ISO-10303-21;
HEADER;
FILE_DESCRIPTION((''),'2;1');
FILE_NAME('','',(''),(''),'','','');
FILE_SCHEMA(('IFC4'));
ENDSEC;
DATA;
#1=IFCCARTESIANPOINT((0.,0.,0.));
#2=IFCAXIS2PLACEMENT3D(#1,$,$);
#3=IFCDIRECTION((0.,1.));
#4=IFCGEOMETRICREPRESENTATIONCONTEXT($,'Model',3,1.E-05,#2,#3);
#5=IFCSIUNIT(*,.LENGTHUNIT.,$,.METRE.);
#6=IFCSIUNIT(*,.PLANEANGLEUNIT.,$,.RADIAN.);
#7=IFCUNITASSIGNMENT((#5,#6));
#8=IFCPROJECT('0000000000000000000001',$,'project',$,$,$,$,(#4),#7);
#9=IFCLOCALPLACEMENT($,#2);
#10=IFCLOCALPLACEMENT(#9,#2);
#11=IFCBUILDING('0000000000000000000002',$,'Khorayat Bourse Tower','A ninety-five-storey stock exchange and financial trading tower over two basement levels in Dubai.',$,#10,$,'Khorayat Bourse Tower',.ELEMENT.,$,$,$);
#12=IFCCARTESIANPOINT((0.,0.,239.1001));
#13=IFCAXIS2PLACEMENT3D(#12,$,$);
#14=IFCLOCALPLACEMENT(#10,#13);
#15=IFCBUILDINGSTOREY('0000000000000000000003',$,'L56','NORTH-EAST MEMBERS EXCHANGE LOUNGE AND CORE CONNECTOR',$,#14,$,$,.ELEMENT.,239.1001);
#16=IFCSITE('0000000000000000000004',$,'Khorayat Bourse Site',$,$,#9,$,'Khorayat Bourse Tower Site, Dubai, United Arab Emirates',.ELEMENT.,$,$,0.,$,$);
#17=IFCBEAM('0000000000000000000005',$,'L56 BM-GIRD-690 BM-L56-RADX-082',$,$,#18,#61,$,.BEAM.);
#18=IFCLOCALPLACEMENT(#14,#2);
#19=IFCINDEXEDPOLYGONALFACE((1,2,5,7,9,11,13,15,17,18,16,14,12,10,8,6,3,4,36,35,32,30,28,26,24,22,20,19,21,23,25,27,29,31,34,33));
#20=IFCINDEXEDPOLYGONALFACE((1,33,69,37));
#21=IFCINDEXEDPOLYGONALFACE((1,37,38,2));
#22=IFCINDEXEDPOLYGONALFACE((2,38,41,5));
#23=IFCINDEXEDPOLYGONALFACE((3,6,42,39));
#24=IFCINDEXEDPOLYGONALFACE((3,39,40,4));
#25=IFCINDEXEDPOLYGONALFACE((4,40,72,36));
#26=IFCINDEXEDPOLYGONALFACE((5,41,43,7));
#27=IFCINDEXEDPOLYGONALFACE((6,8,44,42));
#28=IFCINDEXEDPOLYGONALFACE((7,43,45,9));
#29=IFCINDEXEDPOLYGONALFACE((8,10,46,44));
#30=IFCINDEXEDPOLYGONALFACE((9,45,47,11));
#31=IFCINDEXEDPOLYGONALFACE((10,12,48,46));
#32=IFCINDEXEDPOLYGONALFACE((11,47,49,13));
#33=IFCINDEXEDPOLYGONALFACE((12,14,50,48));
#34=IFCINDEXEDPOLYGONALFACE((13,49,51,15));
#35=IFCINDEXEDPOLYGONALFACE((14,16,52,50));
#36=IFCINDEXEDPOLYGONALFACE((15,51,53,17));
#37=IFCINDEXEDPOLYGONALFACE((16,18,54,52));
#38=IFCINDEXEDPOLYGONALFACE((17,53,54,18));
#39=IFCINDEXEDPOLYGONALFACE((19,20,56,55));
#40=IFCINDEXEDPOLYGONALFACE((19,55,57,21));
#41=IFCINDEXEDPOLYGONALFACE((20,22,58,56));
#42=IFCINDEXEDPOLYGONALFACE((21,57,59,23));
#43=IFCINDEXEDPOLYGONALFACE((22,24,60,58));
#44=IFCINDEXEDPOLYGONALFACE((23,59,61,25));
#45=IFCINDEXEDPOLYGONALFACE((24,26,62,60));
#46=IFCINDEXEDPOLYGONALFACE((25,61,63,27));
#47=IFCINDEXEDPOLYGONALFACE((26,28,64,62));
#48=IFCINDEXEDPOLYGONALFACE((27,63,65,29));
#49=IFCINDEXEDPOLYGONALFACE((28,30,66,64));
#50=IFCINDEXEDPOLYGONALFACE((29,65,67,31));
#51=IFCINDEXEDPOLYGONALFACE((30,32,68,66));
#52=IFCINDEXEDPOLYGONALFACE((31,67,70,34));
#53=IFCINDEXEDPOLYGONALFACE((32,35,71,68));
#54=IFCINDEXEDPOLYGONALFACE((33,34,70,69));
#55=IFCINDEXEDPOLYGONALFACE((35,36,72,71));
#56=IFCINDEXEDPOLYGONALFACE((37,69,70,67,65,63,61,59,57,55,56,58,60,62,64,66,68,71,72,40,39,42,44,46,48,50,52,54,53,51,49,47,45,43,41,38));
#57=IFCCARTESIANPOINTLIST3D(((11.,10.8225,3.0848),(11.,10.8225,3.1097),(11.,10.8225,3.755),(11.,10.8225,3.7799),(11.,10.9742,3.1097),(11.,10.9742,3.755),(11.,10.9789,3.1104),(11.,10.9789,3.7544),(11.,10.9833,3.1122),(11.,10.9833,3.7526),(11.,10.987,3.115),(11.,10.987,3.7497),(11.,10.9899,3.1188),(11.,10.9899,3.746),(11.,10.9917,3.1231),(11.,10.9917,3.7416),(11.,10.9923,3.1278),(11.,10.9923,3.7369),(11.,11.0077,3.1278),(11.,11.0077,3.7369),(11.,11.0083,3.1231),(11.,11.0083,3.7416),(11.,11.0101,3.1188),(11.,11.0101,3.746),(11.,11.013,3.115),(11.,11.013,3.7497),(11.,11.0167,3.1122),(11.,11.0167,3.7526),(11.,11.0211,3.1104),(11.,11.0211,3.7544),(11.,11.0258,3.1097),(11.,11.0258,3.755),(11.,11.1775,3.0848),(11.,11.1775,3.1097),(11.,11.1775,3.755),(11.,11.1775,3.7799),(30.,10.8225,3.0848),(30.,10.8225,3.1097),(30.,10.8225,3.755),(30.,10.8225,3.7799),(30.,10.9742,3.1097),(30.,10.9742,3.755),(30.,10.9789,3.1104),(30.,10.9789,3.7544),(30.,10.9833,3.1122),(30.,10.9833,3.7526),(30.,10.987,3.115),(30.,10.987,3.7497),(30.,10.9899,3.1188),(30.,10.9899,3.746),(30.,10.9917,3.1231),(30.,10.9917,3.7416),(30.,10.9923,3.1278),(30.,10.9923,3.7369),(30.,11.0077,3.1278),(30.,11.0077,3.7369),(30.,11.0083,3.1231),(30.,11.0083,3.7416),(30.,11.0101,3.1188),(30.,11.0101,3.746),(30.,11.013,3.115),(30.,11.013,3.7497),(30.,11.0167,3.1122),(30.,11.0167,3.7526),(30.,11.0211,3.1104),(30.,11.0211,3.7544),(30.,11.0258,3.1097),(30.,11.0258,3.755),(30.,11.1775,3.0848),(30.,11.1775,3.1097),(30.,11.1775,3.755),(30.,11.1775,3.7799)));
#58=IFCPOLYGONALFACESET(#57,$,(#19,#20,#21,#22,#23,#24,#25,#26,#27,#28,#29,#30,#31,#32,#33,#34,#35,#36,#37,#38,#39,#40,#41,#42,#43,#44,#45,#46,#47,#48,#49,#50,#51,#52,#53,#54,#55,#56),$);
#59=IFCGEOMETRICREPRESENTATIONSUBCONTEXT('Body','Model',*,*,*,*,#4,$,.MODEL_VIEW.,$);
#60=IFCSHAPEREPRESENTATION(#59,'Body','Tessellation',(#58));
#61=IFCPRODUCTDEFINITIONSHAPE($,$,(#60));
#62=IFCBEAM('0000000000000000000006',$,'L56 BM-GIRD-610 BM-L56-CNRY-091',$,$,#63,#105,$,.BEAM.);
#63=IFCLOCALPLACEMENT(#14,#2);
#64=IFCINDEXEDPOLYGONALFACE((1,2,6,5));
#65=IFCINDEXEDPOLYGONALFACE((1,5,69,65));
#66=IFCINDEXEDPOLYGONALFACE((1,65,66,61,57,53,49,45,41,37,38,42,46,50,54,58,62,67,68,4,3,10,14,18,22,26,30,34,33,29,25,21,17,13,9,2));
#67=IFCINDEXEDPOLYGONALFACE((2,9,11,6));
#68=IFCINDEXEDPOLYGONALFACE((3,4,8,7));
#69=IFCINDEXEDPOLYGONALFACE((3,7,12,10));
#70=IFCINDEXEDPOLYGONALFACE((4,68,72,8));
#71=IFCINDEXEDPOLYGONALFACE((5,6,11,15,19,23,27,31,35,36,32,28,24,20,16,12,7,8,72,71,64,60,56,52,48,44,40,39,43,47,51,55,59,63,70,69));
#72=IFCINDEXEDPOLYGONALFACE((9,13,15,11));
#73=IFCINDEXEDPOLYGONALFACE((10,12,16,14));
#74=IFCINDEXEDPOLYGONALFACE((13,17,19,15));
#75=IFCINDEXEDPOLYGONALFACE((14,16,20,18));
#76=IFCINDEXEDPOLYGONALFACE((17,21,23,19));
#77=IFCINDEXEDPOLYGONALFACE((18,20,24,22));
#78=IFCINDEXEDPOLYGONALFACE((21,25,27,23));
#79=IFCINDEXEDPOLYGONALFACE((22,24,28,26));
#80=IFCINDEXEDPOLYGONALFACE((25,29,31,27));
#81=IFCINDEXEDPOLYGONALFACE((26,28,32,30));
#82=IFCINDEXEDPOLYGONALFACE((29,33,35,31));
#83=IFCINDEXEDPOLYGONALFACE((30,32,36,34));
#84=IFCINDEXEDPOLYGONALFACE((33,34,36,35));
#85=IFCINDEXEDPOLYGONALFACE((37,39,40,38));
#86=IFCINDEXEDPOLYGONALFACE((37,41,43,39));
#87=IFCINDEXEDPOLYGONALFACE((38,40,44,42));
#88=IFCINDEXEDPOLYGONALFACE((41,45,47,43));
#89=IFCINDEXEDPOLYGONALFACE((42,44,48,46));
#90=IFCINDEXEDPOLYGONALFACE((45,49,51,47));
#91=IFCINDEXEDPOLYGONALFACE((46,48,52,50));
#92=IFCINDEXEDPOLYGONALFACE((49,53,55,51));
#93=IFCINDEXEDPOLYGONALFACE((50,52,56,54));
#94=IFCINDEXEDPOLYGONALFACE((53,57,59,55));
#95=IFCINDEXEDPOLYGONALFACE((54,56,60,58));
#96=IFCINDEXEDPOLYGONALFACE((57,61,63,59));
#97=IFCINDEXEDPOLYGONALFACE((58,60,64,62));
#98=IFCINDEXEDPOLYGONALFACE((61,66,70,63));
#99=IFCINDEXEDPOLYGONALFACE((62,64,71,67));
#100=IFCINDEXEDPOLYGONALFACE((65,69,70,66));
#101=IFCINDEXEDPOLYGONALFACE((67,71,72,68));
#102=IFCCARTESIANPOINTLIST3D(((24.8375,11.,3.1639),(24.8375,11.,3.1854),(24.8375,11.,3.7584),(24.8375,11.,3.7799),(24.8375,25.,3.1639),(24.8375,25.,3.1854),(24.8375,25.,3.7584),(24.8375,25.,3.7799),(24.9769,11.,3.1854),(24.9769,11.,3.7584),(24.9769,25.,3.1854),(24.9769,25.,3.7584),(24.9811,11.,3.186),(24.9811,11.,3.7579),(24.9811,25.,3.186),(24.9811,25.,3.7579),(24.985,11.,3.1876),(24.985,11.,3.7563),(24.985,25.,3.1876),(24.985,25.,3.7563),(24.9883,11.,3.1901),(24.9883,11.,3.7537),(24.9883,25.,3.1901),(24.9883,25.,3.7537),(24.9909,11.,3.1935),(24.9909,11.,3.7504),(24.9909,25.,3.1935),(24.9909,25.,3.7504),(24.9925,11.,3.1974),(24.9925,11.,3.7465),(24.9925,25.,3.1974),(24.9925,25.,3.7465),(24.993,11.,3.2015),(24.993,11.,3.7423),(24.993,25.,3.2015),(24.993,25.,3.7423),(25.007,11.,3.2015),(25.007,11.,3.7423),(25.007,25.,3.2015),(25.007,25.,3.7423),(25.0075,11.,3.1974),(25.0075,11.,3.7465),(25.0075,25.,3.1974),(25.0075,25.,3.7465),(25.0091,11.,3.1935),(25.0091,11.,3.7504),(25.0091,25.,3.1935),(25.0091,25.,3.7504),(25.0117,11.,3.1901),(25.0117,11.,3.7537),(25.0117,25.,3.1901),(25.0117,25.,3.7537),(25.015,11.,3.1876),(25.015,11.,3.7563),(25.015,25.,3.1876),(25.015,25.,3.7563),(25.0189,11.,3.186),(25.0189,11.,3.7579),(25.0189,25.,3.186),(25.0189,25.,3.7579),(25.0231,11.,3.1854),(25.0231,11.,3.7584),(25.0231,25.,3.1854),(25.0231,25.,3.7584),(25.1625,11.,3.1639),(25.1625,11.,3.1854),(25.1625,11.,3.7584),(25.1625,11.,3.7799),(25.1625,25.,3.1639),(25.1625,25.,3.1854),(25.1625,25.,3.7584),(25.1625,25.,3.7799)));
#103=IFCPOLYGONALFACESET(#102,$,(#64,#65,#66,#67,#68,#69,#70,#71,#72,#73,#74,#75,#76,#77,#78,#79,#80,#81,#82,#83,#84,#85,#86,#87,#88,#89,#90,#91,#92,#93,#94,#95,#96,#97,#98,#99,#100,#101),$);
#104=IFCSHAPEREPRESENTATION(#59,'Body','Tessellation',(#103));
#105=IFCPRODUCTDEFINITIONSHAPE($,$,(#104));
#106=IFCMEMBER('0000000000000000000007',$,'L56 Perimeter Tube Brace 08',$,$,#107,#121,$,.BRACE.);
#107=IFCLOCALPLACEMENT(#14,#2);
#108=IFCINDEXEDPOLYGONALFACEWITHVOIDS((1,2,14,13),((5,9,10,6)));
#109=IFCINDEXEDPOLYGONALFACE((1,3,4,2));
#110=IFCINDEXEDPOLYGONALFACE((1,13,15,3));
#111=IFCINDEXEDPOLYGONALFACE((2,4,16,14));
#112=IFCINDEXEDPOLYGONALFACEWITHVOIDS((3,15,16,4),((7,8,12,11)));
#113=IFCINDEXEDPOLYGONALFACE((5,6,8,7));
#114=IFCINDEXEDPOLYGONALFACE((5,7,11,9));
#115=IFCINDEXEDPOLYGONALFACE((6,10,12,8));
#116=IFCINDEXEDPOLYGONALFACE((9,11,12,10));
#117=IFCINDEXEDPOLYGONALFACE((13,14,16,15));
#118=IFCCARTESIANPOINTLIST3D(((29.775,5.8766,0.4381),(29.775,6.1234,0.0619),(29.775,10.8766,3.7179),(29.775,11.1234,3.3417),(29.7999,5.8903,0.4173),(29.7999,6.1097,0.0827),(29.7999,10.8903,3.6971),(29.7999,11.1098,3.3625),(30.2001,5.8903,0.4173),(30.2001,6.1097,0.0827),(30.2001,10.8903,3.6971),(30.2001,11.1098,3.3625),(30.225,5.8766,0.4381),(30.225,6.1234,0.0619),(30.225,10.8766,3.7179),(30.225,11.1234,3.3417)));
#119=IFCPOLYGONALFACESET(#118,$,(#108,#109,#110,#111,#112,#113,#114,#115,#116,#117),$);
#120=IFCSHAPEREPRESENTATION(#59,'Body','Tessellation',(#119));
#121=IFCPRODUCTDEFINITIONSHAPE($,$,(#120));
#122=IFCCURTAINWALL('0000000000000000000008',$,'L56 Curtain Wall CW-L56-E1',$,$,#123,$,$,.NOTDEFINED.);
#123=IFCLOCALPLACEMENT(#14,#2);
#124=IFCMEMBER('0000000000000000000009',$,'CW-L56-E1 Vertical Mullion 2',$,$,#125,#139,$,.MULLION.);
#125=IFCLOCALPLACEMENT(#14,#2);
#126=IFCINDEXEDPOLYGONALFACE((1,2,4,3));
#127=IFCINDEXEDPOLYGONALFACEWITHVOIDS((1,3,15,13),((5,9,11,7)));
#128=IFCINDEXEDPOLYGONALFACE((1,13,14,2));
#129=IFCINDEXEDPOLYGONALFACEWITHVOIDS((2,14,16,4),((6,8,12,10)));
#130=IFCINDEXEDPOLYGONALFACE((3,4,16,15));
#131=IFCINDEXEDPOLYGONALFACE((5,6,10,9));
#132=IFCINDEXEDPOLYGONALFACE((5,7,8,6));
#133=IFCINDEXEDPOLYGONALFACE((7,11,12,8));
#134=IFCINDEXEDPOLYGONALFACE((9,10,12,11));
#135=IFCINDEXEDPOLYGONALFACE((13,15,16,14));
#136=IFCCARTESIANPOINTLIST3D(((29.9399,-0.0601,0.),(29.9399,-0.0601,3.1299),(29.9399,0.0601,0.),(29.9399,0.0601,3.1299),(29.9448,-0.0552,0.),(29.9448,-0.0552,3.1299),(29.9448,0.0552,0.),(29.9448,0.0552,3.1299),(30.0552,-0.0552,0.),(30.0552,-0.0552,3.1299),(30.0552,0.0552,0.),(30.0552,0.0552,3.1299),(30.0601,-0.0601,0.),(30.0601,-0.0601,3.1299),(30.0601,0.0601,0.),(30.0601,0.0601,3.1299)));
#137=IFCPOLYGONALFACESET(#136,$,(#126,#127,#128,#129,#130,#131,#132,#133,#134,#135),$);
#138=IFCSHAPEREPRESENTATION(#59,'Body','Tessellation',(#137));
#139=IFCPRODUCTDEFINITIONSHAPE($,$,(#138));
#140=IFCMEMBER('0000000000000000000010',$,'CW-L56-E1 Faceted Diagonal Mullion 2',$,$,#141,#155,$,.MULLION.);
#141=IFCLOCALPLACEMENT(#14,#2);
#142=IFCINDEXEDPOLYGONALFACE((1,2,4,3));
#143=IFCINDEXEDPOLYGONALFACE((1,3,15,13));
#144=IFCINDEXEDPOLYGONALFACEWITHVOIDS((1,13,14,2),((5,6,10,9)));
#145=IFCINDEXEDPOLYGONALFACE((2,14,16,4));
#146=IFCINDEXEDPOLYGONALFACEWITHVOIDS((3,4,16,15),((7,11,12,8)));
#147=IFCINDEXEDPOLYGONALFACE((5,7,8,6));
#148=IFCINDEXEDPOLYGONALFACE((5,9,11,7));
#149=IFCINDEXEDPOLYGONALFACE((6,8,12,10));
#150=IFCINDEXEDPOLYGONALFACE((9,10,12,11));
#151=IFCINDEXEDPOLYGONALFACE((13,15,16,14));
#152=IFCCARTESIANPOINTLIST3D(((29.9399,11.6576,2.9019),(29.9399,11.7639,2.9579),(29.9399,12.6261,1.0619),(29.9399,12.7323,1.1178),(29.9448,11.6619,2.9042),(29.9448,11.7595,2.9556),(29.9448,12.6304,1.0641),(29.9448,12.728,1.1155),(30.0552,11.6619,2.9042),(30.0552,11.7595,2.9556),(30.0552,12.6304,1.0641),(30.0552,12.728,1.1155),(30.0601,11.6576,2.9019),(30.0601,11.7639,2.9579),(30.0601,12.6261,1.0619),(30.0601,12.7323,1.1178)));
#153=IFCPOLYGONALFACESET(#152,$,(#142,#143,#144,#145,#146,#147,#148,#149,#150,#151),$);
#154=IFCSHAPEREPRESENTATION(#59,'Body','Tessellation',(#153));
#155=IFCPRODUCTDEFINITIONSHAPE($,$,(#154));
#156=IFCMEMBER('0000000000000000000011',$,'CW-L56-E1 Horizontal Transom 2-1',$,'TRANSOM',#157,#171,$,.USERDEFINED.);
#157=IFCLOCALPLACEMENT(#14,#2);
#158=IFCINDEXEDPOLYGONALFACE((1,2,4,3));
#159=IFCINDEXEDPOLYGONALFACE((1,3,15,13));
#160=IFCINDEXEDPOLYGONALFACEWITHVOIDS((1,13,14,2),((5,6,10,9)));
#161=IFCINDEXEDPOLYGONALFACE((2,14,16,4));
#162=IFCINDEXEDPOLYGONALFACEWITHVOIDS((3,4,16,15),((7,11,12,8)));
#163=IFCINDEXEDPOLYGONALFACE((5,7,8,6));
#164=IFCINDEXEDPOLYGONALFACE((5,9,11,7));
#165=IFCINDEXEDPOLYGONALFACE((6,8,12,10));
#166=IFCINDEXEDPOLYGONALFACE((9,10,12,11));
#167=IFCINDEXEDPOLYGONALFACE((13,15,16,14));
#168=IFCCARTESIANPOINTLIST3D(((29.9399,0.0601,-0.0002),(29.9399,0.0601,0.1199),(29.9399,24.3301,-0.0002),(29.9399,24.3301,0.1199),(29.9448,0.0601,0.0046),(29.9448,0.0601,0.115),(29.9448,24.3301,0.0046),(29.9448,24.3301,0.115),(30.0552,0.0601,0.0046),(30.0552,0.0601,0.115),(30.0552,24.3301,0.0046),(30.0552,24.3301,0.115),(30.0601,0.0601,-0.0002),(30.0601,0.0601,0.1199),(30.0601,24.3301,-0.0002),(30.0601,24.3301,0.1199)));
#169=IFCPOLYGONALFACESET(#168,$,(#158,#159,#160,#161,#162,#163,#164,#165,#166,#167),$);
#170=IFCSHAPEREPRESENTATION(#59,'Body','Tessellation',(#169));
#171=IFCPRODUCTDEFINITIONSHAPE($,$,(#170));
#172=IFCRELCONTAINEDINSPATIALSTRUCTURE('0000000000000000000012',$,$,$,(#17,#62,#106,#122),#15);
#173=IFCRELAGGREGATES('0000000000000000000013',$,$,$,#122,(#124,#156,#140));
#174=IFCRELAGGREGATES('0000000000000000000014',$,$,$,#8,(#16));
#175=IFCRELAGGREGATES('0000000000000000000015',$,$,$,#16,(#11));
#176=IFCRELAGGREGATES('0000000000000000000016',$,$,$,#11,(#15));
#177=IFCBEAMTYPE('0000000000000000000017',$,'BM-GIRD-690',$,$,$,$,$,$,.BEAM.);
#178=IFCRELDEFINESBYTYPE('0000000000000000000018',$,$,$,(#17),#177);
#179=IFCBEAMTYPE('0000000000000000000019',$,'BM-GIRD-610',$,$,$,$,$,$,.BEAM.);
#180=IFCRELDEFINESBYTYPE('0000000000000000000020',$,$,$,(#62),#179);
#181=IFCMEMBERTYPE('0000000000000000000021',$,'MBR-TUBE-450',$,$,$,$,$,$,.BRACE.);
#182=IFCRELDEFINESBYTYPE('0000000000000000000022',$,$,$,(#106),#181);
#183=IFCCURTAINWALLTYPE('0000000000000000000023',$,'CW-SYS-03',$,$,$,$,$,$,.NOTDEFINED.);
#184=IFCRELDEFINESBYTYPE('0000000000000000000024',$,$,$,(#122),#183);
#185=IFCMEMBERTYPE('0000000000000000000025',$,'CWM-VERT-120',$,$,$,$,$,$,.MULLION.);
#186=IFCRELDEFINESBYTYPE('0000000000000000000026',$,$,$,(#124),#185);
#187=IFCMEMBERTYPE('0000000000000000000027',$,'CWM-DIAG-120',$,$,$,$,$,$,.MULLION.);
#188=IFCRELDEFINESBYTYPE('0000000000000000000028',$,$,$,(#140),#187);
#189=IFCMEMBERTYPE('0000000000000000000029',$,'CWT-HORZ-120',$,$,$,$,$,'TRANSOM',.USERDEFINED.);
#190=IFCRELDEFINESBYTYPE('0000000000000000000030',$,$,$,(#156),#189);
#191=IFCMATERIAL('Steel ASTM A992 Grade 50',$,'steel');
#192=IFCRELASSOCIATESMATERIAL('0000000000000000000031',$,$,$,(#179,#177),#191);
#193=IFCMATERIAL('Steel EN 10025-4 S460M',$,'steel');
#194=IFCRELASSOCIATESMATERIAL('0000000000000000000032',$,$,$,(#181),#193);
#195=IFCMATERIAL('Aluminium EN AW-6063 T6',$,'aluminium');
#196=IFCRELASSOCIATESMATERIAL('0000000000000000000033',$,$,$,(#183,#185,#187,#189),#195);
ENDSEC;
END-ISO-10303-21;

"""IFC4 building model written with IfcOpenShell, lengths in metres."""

from ifc_helpers import new_model, si_unit, direction, frame, origin, origin_2d, place, context, subcontext, project, spatial, hollow_rectangle, i_section, extrude, source, transform, mapped, material, material_profile, profile_set, type_object, element, aggregate, save


model = new_model("IFC4")

# Units and contexts
model_context = context("Model", 3, precision=1e-05, world=origin(), true_north=direction((0.0, 1.0)))
body_context = subcontext(model_context, "Body", "Model", "MODEL_VIEW")
ifc_project = project(units=[si_unit("LENGTHUNIT", "METRE"), si_unit("PLANEANGLEUNIT", "RADIAN")], contexts=[model_context])

# Site, building, storey
site_placement = place(None, origin())
site = spatial("IfcSite", under=ifc_project, at=site_placement, Name="Khorayat Bourse Site", LongName="Khorayat Bourse Tower Site, Dubai, United Arab Emirates", CompositionType="ELEMENT", RefElevation=0.0)
building_placement = place(site_placement, origin())
building = spatial("IfcBuilding", under=site, at=building_placement, Name="Khorayat Bourse Tower", Description="A ninety-five-storey stock exchange and financial trading tower over two basement levels in Dubai.", LongName="Khorayat Bourse Tower", CompositionType="ELEMENT")
storey_placement = place(building_placement, frame((0.0, 0.0, 239.1001)))
storey = spatial("IfcBuildingStorey", under=building, at=storey_placement, Name="L56", Description="NORTH-EAST MEMBERS EXCHANGE LOUNGE AND CORE CONNECTOR", CompositionType="ELEMENT", Elevation=239.1001)

# Shared definitions
ifc_material_1 = material(Name="Steel EN 10025-4 S460M", Category="steel")

# Beams
ifc_material_2 = material(Name="Steel ASTM A992 Grade 50", Category="steel")
ifc_material_profile_1 = material_profile(ifc_material_2, i_section(OverallWidth=0.325, OverallDepth=0.616, WebThickness=0.0139, FlangeThickness=0.0215, FilletRadius=0.0161, at=origin_2d()), Name="W610X174")
ifc_profile_set_1 = profile_set([ifc_material_profile_1], Name="Steel ASTM A992 Grade 50")
beam_type_1 = type_object("IfcBeamType", Name="BM-GIRD-610", PredefinedType="BEAM", material=ifc_profile_set_1)
ifc_material_profile_2 = material_profile(ifc_material_2, i_section(OverallWidth=0.355, OverallDepth=0.6951, WebThickness=0.0154, FlangeThickness=0.0249, FilletRadius=0.0181, at=origin_2d()), Name="W690X217")
ifc_profile_set_2 = profile_set([ifc_material_profile_2], Name="Steel ASTM A992 Grade 50")
beam_type_2 = type_object("IfcBeamType", Name="BM-GIRD-690", PredefinedType="BEAM", material=ifc_profile_set_2)
shared_shape_1 = source(origin(), body_context, "Body", "SweptSolid", [
    extrude(i_section(OverallWidth=0.355, OverallDepth=0.6951, WebThickness=0.0154, FlangeThickness=0.0249, FilletRadius=0.0181, at=origin_2d()), origin(), (0.0, 0.0, 1.0), 19.0),
])
for number, where, z_axis, x_axis, name in (
    (1, (11.0, 11.0, 3.4324), (1.0, 0.0, 0.0), (0.0, 1.0, 0.0), "L56 BM-GIRD-690 BM-L56-RADX-082"),
):
    element("IfcBeam", number, at=place(storey_placement, frame(where, z_axis=z_axis, x_axis=x_axis)), inside=storey, type_object=beam_type_2, Name=name, PredefinedType="BEAM", context=body_context, shape_type="MappedRepresentation", body=[
        mapped(shared_shape_1, transform((0.0, 0.0, 0.0), scale=1.0)),
    ])
shared_shape_2 = source(origin(), body_context, "Body", "SweptSolid", [
    extrude(i_section(OverallWidth=0.325, OverallDepth=0.616, WebThickness=0.0139, FlangeThickness=0.0215, FilletRadius=0.0161, at=origin_2d()), origin(), (0.0, 0.0, 1.0), 14.0),
])
beam_1_placement = place(storey_placement, frame((25.0, 11.0, 3.4719), z_axis=(0.0, 1.0, 0.0), x_axis=(-1.0, 0.0, 0.0)))
element("IfcBeam", 2, at=beam_1_placement, inside=storey, type_object=beam_type_1, Name="L56 BM-GIRD-610 BM-L56-CNRY-091", PredefinedType="BEAM", context=body_context, shape_type="MappedRepresentation", body=[
    mapped(shared_shape_2, transform((0.0, 0.0, 0.0), scale=1.0)),
])

# Member
ifc_material_profile_3 = material_profile(ifc_material_1, hollow_rectangle(XDim=0.45, YDim=0.45, WallThickness=0.0249, at=origin_2d()), Name="HSS 450x450x25")
ifc_profile_set_3 = profile_set([ifc_material_profile_3], Name="Steel EN 10025-4 S460M")
member_type_1 = type_object("IfcMemberType", Name="MBR-TUBE-450", PredefinedType="BRACE", material=ifc_profile_set_3)
shared_shape_3 = source(origin(), body_context, "Body", "SweptSolid", [
    extrude(hollow_rectangle(XDim=0.45, YDim=0.45, WallThickness=0.0249, at=origin_2d()), origin(), (0.0, 0.0, 1.0), 5.9797),
])
member_1_placement = place(storey_placement, frame((30.0, 6.0, 0.25), z_axis=(0.0, 0.83616, 0.548485), x_axis=(-1.0, 0.0, 0.0)))
element("IfcMember", 3, at=member_1_placement, inside=storey, type_object=member_type_1, Name="L56 Perimeter Tube Brace 08", PredefinedType="BRACE", context=body_context, shape_type="MappedRepresentation", body=[
    mapped(shared_shape_3, transform((0.0, 0.0, 0.0), scale=1.0)),
])

# Curtain wall, members
ifc_material_3 = material(Name="Aluminium EN AW-6063 T6", Category="aluminium")
curtain_wall_type = type_object("IfcCurtainWallType", Name="CW-SYS-03", PredefinedType="NOTDEFINED", material=ifc_material_3)
curtain_wall_placement = place(storey_placement, origin())
curtain_wall = element("IfcCurtainWall", 4, at=curtain_wall_placement, inside=storey, type_object=curtain_wall_type, Name="L56 Curtain Wall CW-L56-E1", PredefinedType="NOTDEFINED")
ifc_material_profile_4 = material_profile(ifc_material_3, hollow_rectangle(XDim=0.1201, YDim=0.1201, WallThickness=0.0049, at=origin_2d()), Name="ALU 120x120x5")
ifc_profile_set_4 = profile_set([ifc_material_profile_4], Name="Aluminium EN AW-6063 T6")
member_type_2 = type_object("IfcMemberType", Name="CWM-VERT-120", PredefinedType="MULLION", material=ifc_profile_set_4)
shared_shape_4 = source(origin(), body_context, "Body", "SweptSolid", [
    extrude(hollow_rectangle(XDim=0.1201, YDim=0.1201, WallThickness=0.0049, at=origin_2d()), origin(), (0.0, 0.0, 1.0), 3.1299),
])
member_2_placement = place(storey_placement, frame((30.0, 0.0, 0.0), z_axis=(0.0, 0.0, 1.0), x_axis=(-1.0, 0.0, 0.0)))
member_2 = element("IfcMember", 5, at=member_2_placement, type_object=member_type_2, Name="CW-L56-E1 Vertical Mullion 2", PredefinedType="MULLION", context=body_context, shape_type="MappedRepresentation", body=[
    mapped(shared_shape_4, transform((0.0, 0.0, 0.0), scale=1.0)),
])
ifc_material_profile_5 = material_profile(ifc_material_3, hollow_rectangle(XDim=0.1201, YDim=0.1201, WallThickness=0.0049, at=origin_2d()), Name="ALU 120x120x5")
ifc_profile_set_5 = profile_set([ifc_material_profile_5], Name="Aluminium EN AW-6063 T6")
member_type_3 = type_object("IfcMemberType", Name="CWM-DIAG-120", PredefinedType="MULLION", material=ifc_profile_set_5)
shared_shape_5 = source(origin(), body_context, "Body", "SweptSolid", [
    extrude(hollow_rectangle(XDim=0.1201, YDim=0.1201, WallThickness=0.0049, at=origin_2d()), origin(), (0.0, 0.0, 1.0), 2.0793),
])
member_3_placement = place(storey_placement, frame((30.0, 12.6792, 1.0898), z_axis=(0.0, -0.465761, 0.884911), x_axis=(1.0, 0.0, 0.0)))
member_3 = element("IfcMember", 6, at=member_3_placement, type_object=member_type_3, Name="CW-L56-E1 Faceted Diagonal Mullion 2", PredefinedType="MULLION", context=body_context, shape_type="MappedRepresentation", body=[
    mapped(shared_shape_5, transform((0.0, 0.0, 0.0), scale=1.0)),
])
ifc_material_profile_6 = material_profile(ifc_material_3, hollow_rectangle(XDim=0.1201, YDim=0.1201, WallThickness=0.0049, at=origin_2d()), Name="ALU 120x120x5")
ifc_profile_set_6 = profile_set([ifc_material_profile_6], Name="Aluminium EN AW-6063 T6")
member_type_4 = type_object("IfcMemberType", Name="CWT-HORZ-120", ElementType="TRANSOM", PredefinedType="USERDEFINED", material=ifc_profile_set_6)
shared_shape_6 = source(origin(), body_context, "Body", "SweptSolid", [
    extrude(hollow_rectangle(XDim=0.1201, YDim=0.1201, WallThickness=0.0049, at=origin_2d()), origin(), (0.0, 0.0, 1.0), 24.27),
])
member_4_placement = place(storey_placement, frame((30.0, 0.0601, 0.0598), z_axis=(0.0, 1.0, 0.0), x_axis=(-1.0, 0.0, 0.0)))
member_4 = element("IfcMember", 7, at=member_4_placement, type_object=member_type_4, Name="CW-L56-E1 Horizontal Transom 2-1", ObjectType="TRANSOM", PredefinedType="USERDEFINED", context=body_context, shape_type="MappedRepresentation", body=[
    mapped(shared_shape_6, transform((0.0, 0.0, 0.0), scale=1.0)),
])

aggregate(curtain_wall, [member_2, member_4, member_3])

save(model, "model.ifc")
